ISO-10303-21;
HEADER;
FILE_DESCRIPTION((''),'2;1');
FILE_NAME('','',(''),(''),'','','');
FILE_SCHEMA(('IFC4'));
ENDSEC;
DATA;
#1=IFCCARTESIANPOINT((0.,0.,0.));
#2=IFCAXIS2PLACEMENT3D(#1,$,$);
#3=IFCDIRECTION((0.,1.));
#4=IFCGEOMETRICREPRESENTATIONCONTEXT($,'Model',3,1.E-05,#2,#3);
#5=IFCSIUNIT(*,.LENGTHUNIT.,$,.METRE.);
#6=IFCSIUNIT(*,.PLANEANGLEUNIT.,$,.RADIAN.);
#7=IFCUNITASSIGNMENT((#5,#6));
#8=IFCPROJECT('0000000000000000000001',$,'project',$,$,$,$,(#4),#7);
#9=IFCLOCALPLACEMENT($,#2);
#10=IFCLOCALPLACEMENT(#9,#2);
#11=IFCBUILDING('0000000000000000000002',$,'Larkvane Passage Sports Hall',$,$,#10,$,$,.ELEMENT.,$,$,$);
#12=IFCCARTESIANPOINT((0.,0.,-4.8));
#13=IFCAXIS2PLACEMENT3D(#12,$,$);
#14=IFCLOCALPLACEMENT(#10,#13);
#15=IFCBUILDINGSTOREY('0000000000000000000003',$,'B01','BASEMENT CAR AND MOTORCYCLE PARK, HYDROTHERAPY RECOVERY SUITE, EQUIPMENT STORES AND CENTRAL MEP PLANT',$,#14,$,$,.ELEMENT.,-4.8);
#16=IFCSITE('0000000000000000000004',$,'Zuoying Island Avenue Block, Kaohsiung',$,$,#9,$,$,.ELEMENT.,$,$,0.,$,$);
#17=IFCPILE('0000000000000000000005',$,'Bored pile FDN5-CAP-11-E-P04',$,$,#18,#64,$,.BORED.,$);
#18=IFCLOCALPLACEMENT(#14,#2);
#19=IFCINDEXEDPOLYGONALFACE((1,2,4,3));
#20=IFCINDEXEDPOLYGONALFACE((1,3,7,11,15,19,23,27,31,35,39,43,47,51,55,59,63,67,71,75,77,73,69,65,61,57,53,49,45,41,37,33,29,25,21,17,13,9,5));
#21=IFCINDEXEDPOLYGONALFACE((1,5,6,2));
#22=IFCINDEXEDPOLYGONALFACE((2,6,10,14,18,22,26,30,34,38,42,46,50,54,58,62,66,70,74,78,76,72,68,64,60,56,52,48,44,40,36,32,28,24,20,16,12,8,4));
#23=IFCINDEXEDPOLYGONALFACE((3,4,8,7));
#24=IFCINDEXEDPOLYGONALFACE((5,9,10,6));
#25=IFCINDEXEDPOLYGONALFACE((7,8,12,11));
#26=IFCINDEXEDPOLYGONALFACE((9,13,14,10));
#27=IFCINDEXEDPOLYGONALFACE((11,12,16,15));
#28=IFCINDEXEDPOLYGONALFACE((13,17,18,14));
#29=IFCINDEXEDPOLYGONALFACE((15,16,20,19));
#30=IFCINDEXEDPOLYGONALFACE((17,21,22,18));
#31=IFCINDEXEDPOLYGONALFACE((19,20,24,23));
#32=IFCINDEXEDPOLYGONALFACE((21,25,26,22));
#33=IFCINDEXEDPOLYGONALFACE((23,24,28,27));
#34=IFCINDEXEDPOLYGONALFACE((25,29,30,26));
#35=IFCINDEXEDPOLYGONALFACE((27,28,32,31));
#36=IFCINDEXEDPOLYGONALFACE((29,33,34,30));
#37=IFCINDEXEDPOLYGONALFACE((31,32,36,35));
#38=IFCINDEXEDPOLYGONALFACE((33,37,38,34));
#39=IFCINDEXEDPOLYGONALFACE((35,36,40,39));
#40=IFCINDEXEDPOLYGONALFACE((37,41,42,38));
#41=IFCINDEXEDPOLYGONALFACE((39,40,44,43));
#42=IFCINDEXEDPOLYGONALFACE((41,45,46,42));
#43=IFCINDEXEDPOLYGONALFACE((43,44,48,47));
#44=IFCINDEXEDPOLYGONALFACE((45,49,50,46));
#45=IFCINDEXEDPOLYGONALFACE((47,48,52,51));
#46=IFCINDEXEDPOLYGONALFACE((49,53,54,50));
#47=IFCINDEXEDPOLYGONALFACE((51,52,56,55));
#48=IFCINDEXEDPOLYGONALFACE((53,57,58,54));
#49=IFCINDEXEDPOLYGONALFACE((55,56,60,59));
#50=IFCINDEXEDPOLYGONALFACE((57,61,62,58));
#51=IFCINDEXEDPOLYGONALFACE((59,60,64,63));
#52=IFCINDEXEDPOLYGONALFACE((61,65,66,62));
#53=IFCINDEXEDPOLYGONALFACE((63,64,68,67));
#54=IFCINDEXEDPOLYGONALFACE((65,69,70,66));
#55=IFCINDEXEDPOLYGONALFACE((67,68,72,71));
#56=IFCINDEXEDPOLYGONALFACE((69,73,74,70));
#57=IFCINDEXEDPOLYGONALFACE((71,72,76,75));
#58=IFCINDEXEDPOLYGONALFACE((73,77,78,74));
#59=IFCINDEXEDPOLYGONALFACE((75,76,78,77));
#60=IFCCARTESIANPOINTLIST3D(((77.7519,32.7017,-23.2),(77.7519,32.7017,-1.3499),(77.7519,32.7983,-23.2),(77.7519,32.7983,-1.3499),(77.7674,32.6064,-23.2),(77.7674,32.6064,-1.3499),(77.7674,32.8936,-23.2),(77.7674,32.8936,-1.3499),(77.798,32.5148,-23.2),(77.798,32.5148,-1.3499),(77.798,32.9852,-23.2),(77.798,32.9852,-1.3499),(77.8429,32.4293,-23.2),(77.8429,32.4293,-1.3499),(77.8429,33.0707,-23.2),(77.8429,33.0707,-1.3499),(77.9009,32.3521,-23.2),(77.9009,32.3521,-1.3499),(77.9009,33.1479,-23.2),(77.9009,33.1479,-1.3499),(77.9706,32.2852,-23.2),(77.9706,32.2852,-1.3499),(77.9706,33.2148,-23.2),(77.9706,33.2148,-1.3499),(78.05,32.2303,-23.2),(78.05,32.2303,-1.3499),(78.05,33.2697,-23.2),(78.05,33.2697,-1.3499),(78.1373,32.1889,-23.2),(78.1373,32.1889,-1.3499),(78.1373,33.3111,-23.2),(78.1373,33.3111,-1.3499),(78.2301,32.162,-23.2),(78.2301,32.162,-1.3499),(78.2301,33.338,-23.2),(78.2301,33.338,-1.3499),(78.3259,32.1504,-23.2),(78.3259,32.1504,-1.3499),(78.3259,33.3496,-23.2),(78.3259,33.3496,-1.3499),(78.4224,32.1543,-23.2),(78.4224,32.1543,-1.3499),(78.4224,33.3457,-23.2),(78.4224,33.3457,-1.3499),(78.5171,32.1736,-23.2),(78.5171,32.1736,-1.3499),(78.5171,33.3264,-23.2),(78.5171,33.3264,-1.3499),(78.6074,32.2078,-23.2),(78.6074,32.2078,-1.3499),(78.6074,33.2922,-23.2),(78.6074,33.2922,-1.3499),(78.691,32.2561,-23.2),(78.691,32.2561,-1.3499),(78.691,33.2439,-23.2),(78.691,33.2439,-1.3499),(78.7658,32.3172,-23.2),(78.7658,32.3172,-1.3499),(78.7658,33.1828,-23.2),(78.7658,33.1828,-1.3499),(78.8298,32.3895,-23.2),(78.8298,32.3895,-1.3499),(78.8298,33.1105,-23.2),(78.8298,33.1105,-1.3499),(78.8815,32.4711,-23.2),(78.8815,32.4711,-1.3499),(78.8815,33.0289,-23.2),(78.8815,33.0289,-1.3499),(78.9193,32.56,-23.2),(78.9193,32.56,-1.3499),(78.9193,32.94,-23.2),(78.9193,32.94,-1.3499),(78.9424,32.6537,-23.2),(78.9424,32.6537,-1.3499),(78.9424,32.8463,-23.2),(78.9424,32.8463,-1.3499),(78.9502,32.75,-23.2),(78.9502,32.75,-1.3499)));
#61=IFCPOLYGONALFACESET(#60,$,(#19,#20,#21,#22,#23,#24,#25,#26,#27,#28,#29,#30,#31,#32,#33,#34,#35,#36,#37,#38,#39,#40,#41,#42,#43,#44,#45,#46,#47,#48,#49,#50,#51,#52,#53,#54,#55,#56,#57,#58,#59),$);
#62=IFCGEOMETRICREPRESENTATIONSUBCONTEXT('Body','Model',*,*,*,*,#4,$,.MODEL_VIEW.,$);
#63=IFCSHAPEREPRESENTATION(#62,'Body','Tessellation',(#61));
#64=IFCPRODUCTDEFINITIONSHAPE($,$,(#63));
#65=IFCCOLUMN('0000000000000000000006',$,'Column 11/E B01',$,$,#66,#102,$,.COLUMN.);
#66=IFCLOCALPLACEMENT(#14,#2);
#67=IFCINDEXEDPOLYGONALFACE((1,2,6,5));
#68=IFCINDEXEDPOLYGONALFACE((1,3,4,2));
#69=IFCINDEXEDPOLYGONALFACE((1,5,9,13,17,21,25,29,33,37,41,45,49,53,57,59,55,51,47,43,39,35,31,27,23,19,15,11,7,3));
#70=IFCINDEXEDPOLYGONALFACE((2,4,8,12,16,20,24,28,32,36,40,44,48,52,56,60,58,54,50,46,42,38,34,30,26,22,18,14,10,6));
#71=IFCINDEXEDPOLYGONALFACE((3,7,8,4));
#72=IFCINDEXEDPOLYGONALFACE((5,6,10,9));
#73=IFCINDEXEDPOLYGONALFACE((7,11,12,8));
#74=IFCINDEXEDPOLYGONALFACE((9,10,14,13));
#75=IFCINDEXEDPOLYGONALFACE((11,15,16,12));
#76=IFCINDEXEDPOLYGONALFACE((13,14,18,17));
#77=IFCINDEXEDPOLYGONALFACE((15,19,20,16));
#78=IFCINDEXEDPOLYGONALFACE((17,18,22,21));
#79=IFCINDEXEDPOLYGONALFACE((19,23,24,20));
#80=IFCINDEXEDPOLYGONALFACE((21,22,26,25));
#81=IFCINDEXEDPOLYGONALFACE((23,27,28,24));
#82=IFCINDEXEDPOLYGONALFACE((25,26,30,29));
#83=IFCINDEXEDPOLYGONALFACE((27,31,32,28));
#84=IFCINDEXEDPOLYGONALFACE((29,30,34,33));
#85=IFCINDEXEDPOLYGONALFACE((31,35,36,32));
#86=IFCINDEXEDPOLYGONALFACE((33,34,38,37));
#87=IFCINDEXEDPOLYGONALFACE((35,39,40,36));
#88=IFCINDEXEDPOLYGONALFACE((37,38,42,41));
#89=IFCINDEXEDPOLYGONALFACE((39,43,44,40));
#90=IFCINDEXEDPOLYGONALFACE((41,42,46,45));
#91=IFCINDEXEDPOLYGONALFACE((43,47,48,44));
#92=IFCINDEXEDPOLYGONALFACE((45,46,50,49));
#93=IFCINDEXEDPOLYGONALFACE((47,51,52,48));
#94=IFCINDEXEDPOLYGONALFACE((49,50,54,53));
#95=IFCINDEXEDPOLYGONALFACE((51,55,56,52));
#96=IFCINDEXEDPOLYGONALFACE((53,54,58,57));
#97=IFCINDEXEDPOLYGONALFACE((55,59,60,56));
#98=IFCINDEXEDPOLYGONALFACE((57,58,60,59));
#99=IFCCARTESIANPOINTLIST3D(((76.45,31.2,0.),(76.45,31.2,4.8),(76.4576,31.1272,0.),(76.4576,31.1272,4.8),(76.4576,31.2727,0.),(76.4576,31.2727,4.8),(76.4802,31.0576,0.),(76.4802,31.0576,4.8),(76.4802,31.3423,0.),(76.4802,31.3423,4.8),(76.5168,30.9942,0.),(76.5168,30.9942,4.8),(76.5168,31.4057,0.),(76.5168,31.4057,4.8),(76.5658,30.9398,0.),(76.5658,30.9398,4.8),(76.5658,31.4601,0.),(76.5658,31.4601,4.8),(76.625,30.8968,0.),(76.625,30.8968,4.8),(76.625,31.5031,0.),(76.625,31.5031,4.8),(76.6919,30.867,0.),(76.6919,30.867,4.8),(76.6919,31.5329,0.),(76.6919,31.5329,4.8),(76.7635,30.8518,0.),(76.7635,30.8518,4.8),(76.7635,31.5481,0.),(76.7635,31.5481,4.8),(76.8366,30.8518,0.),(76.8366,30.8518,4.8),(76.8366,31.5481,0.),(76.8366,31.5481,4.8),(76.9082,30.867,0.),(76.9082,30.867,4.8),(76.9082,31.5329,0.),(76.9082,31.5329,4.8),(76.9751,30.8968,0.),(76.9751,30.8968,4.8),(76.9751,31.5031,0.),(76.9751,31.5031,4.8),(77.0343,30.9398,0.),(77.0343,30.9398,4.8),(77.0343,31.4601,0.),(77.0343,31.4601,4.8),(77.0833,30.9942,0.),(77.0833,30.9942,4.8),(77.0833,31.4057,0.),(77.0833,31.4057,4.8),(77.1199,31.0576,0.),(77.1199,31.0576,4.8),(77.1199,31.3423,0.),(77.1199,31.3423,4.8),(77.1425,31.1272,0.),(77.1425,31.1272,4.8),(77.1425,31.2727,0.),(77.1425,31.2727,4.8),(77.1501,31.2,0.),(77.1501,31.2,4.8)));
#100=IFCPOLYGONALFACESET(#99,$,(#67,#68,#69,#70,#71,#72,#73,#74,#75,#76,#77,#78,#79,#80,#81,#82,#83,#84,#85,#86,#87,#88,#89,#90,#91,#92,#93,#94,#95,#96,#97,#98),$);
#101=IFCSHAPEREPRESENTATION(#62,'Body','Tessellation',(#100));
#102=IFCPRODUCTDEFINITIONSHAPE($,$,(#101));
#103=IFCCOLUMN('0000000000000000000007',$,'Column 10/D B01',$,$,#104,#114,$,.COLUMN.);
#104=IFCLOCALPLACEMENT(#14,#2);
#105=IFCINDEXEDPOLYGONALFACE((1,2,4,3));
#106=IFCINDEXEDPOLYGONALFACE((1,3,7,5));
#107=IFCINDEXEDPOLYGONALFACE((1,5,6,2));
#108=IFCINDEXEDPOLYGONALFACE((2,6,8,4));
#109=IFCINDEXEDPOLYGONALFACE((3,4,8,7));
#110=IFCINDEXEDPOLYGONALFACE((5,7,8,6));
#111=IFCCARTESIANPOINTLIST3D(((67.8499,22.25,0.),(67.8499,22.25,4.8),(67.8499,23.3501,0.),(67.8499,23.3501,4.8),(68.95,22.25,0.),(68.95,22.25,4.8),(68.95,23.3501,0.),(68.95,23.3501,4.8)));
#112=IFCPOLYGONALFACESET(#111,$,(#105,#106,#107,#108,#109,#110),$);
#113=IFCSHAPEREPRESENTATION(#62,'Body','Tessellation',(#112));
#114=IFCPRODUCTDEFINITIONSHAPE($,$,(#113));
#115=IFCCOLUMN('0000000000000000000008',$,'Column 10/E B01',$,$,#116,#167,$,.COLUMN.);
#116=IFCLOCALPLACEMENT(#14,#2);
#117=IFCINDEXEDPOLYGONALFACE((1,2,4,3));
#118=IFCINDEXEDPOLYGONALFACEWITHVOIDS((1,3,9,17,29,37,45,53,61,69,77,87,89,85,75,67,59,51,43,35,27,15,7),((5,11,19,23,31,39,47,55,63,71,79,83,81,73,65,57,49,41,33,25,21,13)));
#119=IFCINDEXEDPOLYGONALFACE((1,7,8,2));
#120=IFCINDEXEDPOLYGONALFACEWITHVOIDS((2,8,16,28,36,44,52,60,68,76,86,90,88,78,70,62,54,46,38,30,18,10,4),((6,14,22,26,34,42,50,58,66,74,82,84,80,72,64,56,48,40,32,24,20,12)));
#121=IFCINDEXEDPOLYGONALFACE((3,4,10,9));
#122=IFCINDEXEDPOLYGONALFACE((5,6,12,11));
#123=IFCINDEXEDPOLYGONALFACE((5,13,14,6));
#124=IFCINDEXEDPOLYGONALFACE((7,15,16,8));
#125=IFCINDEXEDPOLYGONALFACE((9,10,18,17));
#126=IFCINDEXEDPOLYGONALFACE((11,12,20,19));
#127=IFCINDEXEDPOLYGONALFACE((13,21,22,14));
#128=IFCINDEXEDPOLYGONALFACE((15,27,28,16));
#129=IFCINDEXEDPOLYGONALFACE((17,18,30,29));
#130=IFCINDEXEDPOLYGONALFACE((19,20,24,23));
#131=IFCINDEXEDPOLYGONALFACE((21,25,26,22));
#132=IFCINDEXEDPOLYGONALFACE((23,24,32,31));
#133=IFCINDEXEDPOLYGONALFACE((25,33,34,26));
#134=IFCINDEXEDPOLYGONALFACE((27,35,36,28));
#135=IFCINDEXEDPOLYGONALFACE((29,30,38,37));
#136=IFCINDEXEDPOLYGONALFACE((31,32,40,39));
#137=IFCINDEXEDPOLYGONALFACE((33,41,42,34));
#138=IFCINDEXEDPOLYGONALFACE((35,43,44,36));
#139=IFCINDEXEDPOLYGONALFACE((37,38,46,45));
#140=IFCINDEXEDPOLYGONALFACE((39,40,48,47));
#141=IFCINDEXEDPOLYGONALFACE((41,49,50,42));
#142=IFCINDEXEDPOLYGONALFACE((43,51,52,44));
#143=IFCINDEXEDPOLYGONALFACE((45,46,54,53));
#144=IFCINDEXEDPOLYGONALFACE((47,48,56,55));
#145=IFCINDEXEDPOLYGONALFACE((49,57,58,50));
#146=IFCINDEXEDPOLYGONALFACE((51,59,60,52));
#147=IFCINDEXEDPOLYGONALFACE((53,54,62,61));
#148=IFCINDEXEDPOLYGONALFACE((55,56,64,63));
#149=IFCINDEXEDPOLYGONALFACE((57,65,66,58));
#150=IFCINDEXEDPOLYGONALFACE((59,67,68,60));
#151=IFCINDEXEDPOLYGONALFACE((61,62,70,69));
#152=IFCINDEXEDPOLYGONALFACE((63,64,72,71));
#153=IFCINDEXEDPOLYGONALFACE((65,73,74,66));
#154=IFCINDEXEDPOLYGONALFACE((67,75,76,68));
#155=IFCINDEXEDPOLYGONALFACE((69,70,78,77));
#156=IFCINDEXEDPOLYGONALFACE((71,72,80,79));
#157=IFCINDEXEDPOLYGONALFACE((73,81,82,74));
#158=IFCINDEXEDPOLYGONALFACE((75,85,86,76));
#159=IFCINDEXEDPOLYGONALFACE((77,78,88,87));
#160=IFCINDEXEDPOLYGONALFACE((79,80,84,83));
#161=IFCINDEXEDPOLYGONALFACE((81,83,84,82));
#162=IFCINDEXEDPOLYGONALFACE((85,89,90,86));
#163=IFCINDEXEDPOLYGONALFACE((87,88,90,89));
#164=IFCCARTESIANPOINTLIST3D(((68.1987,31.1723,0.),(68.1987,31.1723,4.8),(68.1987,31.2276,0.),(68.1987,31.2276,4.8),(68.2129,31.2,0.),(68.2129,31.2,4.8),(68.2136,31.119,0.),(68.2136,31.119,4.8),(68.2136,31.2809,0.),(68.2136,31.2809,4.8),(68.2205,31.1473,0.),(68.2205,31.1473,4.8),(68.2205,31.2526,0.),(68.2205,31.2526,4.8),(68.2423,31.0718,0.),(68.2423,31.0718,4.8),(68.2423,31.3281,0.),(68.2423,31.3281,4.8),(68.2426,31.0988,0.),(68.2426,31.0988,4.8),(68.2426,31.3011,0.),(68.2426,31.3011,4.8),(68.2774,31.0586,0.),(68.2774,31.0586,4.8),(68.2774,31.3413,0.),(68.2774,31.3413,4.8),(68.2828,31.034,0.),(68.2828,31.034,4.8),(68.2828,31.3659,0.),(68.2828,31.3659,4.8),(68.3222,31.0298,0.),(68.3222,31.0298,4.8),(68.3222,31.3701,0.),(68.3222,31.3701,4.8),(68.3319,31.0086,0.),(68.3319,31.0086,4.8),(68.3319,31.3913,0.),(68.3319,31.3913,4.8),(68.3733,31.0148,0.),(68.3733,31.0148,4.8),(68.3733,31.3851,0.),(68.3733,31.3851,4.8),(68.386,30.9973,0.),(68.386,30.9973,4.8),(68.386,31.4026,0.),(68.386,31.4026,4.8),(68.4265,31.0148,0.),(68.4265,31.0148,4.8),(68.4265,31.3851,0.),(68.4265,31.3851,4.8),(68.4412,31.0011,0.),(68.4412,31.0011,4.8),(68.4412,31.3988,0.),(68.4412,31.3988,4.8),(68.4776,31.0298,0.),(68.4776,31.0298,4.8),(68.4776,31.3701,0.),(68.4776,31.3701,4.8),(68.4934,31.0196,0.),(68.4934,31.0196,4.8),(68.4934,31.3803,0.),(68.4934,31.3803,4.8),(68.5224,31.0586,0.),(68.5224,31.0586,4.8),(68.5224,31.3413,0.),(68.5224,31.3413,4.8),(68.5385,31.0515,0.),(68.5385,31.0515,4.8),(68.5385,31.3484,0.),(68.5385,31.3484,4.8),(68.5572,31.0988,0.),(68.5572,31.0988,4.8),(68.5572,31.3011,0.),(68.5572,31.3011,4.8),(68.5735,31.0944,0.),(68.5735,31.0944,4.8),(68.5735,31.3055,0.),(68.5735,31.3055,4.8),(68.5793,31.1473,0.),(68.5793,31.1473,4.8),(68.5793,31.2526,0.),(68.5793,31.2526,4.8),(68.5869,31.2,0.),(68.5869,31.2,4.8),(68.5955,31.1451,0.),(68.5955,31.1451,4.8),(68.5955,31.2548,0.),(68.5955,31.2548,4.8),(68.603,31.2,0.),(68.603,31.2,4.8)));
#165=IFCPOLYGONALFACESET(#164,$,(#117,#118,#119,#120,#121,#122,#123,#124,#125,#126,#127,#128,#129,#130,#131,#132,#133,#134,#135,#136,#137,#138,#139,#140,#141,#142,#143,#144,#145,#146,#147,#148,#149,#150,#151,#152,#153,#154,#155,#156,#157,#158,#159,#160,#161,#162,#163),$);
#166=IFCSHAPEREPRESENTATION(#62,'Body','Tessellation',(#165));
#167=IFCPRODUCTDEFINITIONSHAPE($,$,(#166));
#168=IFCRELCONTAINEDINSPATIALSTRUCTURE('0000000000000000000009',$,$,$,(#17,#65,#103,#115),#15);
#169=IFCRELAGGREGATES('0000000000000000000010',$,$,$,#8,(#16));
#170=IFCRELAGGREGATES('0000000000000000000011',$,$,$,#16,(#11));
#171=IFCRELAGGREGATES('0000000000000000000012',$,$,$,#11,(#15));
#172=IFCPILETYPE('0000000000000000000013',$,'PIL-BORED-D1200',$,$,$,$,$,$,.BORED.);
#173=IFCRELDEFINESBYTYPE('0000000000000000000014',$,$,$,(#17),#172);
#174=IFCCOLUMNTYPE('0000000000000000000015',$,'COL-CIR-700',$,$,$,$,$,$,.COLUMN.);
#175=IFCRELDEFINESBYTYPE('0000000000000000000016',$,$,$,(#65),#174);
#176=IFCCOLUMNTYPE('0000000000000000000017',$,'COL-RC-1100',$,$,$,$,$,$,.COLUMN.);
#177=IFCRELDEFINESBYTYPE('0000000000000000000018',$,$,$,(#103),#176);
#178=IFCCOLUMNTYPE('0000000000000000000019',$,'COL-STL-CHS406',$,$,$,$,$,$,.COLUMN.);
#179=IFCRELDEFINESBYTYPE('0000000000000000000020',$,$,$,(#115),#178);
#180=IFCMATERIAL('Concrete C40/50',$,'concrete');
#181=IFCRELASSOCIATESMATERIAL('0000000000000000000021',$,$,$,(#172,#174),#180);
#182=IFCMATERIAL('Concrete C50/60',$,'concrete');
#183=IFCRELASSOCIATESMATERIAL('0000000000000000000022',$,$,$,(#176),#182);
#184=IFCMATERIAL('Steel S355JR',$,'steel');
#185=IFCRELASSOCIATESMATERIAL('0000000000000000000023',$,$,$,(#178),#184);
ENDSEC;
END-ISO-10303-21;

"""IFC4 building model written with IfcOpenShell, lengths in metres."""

from ifc_helpers import new_model, si_unit, direction, frame, origin, origin_2d, place, context, subcontext, project, spatial, rectangle, circle, hollow_circle, extrude, material, material_profile, profile_set, type_object, element, save


model = new_model("IFC4")

# Units and contexts
model_context = context("Model", 3, precision=1e-05, world=origin(), true_north=direction((0.0, 1.0)))
body_context = subcontext(model_context, "Body", "Model", "MODEL_VIEW")
ifc_project = project(units=[si_unit("LENGTHUNIT", "METRE"), si_unit("PLANEANGLEUNIT", "RADIAN")], contexts=[model_context])

# Site, building, storey
site_placement = place(None, origin())
site = spatial("IfcSite", under=ifc_project, at=site_placement, Name="Zuoying Island Avenue Block, Kaohsiung", CompositionType="ELEMENT", RefElevation=0.0)
building_placement = place(site_placement, origin())
building = spatial("IfcBuilding", under=site, at=building_placement, Name="Larkvane Passage Sports Hall", CompositionType="ELEMENT")
storey_placement = place(building_placement, frame((0.0, 0.0, -4.8)))
storey = spatial("IfcBuildingStorey", under=building, at=storey_placement, Name="B01", Description="BASEMENT CAR AND MOTORCYCLE PARK, HYDROTHERAPY RECOVERY SUITE, EQUIPMENT STORES AND CENTRAL MEP PLANT", CompositionType="ELEMENT", Elevation=-4.8)

# Shared definitions
ifc_material_1 = material(Name="Concrete C40/50", Category="concrete")

# Pile
ifc_material_profile_1 = material_profile(ifc_material_1, circle(Radius=0.6001, at=origin_2d()), Name="PILE-D1200")
ifc_profile_set_1 = profile_set([ifc_material_profile_1], Name="Concrete C40/50")
pile_type_1 = type_object("IfcPileType", Name="PIL-BORED-D1200", PredefinedType="BORED", material=ifc_profile_set_1)
for number, where, z_axis, x_axis, name in (
    (1, (78.3501, 32.75, -1.3499), (0.0, 0.0, -1.0), (1.0, 0.0, 0.0), "Bored pile FDN5-CAP-11-E-P04"),
):
    element("IfcPile", number, at=place(storey_placement, frame(where, z_axis=z_axis, x_axis=x_axis)), inside=storey, type_object=pile_type_1, Name=name, PredefinedType="BORED", context=body_context, shape_type="SweptSolid", body=[
        extrude(circle(Radius=0.6001, at=origin_2d()), origin(), (0.0, 0.0, 1.0), 21.8501),
    ])

# Columns
ifc_material_profile_2 = material_profile(ifc_material_1, circle(Radius=0.3501, at=origin_2d()), Name="RC-CIR-700")
ifc_profile_set_2 = profile_set([ifc_material_profile_2], Name="Concrete C40/50")
column_type_1 = type_object("IfcColumnType", Name="COL-CIR-700", PredefinedType="COLUMN", material=ifc_profile_set_2)
column_1_placement = place(storey_placement, frame((76.8, 31.2, 0.0), z_axis=(0.0, 0.0, 1.0), x_axis=(1.0, 0.0, 0.0)))
element("IfcColumn", 2, at=column_1_placement, inside=storey, type_object=column_type_1, Name="Column 11/E B01", PredefinedType="COLUMN", context=body_context, shape_type="SweptSolid", body=[
    extrude(circle(Radius=0.3501, at=origin_2d()), origin(), (0.0, 0.0, 1.0), 4.8),
])
ifc_material_2 = material(Name="Concrete C50/60", Category="concrete")
ifc_material_profile_3 = material_profile(ifc_material_2, rectangle(XDim=1.1001, YDim=1.1001, at=origin_2d()), Name="RC-COL-1100x1100")
ifc_profile_set_3 = profile_set([ifc_material_profile_3], Name="Concrete C50/60")
column_type_2 = type_object("IfcColumnType", Name="COL-RC-1100", PredefinedType="COLUMN", material=ifc_profile_set_3)
column_2_placement = place(storey_placement, frame((68.3999, 22.8, 0.0), z_axis=(0.0, 0.0, 1.0), x_axis=(1.0, 0.0, 0.0)))
element("IfcColumn", 3, at=column_2_placement, inside=storey, type_object=column_type_2, Name="Column 10/D B01", PredefinedType="COLUMN", context=body_context, shape_type="SweptSolid", body=[
    extrude(rectangle(XDim=1.1001, YDim=1.1001, at=origin_2d()), origin(), (0.0, 0.0, 1.0), 4.8),
])
ifc_material_3 = material(Name="Steel S355JR", Category="steel")
ifc_material_profile_4 = material_profile(ifc_material_3, hollow_circle(Radius=0.2031, WallThickness=0.0161, at=origin_2d()), Name="CHS-406.4x16.0")
ifc_profile_set_4 = profile_set([ifc_material_profile_4], Name="Steel S355JR")
column_type_3 = type_object("IfcColumnType", Name="COL-STL-CHS406", PredefinedType="COLUMN", material=ifc_profile_set_4)
column_3_placement = place(storey_placement, frame((68.3999, 31.2, 0.0), z_axis=(0.0, 0.0, 1.0), x_axis=(1.0, 0.0, 0.0)))
element("IfcColumn", 4, at=column_3_placement, inside=storey, type_object=column_type_3, Name="Column 10/E B01", PredefinedType="COLUMN", context=body_context, shape_type="SweptSolid", body=[
    extrude(hollow_circle(Radius=0.2031, WallThickness=0.0161, at=origin_2d()), origin(), (0.0, 0.0, 1.0), 4.8),
])

save(model, "model.ifc")
